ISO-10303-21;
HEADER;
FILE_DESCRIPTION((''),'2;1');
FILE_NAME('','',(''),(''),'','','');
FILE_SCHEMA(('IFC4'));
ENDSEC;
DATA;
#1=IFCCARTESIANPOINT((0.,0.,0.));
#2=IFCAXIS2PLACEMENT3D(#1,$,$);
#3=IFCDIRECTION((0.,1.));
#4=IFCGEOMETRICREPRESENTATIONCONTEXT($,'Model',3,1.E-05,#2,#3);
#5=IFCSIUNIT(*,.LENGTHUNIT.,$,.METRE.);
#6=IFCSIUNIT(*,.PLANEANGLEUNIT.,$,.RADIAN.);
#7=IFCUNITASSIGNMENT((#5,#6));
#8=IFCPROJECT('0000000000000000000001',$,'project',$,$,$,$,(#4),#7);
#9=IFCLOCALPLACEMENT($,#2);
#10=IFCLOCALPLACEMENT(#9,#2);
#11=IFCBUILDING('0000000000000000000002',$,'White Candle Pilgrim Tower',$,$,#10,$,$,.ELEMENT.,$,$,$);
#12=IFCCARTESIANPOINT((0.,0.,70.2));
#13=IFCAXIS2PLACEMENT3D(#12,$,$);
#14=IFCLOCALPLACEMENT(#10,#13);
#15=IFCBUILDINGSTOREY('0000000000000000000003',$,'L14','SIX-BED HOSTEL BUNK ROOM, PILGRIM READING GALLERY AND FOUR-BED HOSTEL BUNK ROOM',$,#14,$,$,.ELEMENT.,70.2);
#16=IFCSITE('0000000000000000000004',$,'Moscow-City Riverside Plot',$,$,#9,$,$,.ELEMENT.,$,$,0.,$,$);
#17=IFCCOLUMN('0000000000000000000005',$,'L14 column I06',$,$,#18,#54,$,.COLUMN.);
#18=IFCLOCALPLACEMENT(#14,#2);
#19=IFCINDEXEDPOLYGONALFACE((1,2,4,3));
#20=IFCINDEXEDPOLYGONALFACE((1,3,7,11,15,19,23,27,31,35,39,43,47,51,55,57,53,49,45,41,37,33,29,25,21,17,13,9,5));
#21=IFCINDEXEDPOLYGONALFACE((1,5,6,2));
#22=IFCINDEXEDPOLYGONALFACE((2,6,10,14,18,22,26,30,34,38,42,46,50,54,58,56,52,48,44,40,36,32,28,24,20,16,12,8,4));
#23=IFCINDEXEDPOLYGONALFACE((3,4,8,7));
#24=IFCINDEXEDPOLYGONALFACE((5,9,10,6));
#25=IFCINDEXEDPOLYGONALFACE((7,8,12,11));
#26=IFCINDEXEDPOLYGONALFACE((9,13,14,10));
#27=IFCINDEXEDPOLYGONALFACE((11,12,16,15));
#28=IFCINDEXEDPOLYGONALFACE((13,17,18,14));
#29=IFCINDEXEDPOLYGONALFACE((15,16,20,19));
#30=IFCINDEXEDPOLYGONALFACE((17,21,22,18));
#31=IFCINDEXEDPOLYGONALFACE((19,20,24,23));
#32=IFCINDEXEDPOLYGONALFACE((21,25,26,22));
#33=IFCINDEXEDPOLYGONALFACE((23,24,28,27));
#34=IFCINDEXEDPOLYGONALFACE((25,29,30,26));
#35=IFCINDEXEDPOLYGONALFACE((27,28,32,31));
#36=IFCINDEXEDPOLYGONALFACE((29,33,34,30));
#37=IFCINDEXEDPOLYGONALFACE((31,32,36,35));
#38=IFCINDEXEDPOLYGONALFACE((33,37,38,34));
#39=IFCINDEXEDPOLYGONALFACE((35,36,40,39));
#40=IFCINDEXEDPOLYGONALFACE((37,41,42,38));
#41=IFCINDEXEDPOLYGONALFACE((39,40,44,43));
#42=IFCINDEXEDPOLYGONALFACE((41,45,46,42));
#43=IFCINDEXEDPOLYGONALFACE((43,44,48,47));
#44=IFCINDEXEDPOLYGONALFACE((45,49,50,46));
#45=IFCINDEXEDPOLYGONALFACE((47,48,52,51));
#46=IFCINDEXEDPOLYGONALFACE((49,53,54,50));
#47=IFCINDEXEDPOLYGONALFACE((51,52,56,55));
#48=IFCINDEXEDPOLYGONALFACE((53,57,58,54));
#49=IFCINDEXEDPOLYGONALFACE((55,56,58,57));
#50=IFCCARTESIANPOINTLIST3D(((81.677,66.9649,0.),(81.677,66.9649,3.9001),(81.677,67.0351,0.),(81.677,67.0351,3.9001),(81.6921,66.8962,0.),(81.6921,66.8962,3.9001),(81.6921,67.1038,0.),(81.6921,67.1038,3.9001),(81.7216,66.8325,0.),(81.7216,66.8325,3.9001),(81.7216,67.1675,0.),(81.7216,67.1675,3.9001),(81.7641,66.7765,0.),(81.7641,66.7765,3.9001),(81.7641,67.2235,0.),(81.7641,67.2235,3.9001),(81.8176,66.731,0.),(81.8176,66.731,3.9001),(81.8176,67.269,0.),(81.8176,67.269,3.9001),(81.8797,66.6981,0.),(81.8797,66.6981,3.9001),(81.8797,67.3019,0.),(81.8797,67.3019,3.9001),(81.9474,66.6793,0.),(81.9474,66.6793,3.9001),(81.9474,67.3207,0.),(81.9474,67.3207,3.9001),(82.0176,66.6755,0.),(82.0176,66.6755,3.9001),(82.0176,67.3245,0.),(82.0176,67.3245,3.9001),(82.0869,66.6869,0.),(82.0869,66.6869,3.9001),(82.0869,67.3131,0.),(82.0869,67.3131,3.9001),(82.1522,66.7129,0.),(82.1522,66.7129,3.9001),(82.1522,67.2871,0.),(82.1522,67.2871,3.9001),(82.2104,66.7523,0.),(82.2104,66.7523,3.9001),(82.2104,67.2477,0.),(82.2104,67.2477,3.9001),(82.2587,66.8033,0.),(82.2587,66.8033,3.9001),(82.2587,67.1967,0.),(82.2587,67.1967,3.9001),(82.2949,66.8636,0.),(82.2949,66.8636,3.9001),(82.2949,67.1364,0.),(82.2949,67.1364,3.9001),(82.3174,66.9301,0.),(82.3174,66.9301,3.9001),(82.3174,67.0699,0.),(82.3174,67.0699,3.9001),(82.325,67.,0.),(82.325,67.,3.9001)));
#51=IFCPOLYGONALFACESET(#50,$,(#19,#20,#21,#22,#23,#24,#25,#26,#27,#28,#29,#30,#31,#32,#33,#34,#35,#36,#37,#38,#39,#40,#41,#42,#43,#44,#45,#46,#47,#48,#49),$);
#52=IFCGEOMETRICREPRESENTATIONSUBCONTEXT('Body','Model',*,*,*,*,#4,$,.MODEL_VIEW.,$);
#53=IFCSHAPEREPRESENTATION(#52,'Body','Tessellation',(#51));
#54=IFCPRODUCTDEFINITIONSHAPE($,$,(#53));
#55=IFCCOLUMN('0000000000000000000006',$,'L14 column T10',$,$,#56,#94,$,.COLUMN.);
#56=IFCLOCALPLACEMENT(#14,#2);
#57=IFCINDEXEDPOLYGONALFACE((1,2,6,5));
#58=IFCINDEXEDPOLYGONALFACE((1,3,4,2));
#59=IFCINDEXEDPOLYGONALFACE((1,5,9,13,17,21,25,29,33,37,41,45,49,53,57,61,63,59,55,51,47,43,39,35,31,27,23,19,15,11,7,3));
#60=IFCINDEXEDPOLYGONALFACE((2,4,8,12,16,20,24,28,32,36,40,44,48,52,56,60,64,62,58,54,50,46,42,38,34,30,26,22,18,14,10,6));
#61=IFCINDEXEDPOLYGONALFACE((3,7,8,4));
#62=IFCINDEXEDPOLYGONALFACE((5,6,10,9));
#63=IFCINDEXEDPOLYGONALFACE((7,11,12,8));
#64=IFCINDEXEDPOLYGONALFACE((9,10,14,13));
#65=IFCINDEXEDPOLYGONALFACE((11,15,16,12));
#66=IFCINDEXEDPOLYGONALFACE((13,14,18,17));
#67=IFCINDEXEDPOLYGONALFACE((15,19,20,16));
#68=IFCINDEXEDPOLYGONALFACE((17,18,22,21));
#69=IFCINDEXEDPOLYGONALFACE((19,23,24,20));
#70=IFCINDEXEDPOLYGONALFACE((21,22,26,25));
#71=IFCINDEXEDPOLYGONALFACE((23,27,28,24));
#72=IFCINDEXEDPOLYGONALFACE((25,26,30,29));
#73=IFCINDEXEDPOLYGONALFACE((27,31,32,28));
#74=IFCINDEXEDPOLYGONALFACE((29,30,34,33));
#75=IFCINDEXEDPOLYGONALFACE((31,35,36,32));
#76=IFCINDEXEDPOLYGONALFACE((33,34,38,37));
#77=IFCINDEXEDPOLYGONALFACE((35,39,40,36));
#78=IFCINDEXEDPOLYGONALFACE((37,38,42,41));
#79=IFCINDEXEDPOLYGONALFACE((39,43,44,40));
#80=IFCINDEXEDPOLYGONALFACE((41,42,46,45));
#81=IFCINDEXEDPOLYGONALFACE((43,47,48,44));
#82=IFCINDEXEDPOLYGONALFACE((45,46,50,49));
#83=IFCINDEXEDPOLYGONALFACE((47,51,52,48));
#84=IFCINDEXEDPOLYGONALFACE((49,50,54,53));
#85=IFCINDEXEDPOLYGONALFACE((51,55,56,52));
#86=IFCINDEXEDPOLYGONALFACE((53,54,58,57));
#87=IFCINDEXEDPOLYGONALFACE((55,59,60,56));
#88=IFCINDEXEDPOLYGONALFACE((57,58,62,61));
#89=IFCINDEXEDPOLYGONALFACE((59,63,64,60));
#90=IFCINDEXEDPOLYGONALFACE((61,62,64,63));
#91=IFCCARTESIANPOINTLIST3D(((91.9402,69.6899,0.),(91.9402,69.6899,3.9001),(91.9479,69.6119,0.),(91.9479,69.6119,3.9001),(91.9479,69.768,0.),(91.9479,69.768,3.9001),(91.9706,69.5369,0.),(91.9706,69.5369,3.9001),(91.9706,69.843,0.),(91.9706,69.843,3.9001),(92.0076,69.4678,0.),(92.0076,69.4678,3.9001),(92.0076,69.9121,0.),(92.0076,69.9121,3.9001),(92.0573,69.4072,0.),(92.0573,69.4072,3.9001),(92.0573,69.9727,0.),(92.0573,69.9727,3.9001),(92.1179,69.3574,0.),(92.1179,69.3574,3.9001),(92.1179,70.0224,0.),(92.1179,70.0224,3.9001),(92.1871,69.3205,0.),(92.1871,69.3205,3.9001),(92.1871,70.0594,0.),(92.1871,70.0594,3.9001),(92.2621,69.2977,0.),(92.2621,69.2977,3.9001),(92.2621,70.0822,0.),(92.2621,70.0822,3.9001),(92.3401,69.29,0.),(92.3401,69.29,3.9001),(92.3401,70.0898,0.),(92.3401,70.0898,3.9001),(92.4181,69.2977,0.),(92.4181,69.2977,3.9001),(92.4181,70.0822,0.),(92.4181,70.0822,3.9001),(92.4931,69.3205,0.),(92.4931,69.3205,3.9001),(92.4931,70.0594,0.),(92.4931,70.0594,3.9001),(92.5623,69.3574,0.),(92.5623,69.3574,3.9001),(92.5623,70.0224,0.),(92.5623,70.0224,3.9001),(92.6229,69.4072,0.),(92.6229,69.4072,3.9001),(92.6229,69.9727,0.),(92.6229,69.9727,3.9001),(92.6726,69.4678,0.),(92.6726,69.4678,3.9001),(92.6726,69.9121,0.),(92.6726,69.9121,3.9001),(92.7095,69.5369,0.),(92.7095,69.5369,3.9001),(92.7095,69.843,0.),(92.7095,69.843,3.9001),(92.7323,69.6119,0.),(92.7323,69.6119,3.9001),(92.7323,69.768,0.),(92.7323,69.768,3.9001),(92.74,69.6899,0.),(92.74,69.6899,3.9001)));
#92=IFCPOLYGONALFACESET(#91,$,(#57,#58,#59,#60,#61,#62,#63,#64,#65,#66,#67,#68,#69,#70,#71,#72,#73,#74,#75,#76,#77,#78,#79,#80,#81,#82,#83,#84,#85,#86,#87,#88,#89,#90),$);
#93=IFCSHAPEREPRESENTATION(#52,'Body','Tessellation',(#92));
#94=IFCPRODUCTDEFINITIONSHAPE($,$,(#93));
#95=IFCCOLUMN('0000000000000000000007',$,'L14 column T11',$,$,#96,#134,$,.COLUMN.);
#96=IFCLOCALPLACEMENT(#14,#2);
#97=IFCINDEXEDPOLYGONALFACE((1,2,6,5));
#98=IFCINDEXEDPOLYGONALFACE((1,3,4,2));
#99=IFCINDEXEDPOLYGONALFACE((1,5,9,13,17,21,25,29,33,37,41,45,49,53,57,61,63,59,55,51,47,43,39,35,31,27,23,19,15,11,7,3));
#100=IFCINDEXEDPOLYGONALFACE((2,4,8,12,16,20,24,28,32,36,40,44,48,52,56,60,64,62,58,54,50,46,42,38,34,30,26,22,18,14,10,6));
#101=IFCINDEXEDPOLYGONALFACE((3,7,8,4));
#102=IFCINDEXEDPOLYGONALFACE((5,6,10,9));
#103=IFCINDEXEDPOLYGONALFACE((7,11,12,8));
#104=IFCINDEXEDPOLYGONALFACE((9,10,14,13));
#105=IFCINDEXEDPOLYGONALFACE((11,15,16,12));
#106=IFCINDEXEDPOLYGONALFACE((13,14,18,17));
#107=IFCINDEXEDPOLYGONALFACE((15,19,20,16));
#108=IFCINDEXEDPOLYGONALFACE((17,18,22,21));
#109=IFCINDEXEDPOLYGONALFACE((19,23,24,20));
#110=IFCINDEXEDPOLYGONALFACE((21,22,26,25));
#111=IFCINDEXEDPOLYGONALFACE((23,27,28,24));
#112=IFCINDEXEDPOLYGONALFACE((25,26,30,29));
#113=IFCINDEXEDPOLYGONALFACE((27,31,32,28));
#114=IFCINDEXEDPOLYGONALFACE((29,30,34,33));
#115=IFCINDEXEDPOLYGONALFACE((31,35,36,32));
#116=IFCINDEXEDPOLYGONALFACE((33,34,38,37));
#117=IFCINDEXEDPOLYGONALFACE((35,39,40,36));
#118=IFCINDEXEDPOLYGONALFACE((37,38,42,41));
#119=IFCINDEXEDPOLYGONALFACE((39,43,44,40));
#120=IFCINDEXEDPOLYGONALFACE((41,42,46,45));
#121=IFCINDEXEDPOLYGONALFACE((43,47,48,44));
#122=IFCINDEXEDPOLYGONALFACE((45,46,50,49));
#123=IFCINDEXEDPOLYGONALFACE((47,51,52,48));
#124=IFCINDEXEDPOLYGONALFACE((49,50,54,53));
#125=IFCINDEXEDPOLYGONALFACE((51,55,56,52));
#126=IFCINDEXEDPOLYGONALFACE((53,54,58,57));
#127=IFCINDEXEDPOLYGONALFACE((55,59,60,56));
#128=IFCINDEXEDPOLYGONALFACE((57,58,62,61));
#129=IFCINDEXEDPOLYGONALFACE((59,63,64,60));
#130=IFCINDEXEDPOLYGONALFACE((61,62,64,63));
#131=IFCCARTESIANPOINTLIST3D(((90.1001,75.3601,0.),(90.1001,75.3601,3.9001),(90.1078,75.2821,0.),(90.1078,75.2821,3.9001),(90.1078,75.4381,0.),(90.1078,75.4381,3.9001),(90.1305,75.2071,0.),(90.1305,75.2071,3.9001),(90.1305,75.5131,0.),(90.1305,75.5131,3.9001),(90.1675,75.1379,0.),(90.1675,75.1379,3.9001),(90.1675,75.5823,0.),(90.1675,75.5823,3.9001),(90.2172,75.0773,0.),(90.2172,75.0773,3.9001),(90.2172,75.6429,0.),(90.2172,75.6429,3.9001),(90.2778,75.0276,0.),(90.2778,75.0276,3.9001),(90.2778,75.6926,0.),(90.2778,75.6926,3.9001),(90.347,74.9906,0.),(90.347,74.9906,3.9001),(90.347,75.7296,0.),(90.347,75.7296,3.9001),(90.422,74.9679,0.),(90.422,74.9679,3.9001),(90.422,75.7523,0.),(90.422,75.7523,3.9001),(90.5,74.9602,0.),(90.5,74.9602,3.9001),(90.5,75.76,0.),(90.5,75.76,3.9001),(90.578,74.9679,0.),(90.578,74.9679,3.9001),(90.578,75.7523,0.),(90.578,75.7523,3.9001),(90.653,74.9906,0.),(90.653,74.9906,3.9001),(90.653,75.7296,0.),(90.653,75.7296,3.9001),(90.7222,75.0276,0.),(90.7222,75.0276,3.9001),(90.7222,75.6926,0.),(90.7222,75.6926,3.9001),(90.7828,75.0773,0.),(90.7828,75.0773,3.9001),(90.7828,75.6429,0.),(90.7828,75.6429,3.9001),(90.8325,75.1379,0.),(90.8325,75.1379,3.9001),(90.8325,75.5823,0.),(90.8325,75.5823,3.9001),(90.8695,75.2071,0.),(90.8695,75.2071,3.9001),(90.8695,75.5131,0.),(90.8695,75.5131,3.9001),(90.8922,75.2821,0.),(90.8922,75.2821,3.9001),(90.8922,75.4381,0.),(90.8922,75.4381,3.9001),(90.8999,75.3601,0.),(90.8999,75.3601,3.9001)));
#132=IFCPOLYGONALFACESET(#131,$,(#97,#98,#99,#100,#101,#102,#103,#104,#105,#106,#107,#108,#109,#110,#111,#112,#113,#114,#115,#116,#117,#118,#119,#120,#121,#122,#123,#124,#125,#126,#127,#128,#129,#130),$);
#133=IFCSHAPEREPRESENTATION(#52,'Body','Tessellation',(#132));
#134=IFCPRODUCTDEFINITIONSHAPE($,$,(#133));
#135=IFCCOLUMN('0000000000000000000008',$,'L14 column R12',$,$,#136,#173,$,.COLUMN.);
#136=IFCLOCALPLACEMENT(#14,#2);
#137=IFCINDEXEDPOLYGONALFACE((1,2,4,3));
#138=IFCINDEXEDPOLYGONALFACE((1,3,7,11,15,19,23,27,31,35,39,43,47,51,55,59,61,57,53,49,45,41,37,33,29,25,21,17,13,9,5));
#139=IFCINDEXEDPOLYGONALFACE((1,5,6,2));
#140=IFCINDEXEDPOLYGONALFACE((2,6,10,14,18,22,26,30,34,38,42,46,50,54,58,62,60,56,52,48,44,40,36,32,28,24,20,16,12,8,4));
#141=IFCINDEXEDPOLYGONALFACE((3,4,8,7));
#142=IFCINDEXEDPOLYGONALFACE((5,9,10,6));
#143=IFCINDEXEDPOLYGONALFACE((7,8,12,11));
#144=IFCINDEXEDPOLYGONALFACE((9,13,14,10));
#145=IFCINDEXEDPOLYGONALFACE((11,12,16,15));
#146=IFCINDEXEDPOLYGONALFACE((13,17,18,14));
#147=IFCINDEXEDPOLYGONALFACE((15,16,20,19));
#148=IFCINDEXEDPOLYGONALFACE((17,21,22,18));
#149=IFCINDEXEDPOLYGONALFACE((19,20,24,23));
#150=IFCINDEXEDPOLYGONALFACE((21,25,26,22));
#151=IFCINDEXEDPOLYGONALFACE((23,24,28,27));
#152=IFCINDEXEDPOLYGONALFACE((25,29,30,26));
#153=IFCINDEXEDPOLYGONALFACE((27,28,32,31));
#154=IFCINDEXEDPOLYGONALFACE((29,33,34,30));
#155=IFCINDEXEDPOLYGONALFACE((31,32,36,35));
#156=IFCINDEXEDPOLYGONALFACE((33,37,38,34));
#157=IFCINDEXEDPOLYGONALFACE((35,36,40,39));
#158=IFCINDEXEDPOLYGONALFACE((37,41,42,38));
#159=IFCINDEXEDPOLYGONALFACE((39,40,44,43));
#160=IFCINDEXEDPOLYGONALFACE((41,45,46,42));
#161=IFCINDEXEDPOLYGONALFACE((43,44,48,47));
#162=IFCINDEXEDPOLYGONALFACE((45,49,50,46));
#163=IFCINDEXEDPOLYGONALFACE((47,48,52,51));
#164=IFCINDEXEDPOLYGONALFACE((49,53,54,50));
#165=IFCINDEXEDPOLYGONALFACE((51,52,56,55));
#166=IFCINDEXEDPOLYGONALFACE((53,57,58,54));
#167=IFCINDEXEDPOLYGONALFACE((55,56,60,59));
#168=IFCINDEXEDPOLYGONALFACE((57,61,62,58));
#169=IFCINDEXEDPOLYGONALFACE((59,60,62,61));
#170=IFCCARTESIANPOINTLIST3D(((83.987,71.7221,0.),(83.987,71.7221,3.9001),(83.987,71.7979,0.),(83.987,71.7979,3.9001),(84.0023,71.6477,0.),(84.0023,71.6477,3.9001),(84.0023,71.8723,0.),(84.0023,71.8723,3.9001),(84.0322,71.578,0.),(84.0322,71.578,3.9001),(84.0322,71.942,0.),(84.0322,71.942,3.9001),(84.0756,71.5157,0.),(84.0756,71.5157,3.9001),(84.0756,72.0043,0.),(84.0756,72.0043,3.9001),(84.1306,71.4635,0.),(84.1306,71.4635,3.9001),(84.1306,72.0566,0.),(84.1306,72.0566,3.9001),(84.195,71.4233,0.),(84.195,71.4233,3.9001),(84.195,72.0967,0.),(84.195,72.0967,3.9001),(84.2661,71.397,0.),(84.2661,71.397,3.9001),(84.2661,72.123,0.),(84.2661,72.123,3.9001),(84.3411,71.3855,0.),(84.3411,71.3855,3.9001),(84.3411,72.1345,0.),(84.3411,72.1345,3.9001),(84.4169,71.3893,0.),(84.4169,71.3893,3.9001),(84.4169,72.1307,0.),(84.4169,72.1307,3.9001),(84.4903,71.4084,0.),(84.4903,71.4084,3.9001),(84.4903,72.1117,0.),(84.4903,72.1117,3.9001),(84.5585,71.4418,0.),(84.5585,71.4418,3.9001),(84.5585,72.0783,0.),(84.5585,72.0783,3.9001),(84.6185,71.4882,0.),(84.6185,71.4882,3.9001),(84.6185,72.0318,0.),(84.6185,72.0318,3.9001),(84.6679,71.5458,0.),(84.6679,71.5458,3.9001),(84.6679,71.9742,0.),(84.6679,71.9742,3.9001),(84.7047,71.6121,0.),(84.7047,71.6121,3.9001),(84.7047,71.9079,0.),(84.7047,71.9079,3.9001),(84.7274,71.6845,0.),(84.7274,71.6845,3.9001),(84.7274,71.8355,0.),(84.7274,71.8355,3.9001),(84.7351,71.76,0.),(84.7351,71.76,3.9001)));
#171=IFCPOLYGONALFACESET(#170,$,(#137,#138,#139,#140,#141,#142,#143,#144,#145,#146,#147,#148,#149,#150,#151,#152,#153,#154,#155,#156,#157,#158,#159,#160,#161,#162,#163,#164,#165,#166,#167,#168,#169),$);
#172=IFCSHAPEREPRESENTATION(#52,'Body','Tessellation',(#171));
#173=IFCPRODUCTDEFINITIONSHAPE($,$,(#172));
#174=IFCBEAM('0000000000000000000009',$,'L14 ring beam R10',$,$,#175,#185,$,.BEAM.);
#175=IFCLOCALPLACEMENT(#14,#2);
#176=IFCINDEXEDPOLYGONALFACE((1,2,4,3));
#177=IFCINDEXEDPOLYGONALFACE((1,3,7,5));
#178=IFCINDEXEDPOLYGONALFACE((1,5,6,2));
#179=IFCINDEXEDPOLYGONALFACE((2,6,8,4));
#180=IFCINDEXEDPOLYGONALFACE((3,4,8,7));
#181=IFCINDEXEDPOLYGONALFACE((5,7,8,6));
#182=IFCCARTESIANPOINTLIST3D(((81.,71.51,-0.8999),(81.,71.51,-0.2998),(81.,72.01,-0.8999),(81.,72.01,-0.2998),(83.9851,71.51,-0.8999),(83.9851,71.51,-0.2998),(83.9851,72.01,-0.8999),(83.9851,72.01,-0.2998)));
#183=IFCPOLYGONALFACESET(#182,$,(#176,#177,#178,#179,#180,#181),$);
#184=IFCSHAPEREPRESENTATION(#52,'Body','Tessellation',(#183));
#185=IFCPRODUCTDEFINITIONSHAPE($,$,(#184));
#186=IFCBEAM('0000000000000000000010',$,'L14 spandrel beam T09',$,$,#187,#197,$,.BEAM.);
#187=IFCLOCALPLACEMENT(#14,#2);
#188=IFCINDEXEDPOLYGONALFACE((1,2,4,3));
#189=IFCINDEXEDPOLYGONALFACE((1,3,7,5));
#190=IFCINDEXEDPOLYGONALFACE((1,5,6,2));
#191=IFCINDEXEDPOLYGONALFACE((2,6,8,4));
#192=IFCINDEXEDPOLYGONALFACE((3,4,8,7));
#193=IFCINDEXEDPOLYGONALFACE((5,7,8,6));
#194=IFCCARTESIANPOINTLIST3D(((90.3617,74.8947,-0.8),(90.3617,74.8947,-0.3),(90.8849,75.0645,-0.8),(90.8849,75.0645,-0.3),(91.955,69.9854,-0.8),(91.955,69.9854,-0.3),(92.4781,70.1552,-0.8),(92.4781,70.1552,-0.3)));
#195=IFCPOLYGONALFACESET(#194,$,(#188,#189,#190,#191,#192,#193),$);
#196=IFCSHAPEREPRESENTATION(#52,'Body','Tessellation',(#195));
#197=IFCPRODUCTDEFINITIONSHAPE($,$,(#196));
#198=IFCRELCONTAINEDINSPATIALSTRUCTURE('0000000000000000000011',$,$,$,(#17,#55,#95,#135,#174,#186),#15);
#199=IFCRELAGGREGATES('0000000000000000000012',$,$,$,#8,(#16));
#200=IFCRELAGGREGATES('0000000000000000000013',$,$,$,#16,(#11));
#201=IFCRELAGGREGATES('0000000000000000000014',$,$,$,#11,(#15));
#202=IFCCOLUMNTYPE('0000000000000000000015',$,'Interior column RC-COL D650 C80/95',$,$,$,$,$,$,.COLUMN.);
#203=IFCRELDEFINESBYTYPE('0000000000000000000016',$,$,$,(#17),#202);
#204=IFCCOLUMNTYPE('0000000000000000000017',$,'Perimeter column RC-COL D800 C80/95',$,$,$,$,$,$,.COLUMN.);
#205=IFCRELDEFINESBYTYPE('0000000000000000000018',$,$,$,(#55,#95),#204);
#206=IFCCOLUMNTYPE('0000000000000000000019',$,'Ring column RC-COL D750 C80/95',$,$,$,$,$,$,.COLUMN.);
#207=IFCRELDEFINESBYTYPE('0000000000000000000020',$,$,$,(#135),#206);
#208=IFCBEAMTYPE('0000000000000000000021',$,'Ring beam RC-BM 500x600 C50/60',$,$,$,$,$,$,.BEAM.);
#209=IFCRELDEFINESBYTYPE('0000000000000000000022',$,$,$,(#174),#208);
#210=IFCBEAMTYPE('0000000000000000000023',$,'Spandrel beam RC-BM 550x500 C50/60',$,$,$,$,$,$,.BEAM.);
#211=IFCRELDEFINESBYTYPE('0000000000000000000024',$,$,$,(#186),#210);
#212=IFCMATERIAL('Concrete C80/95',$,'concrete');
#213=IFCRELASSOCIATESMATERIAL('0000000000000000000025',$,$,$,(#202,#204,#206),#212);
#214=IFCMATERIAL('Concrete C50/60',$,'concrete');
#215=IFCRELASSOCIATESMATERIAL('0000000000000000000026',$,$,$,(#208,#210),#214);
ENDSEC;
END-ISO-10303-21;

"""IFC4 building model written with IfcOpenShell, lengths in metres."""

from ifc_helpers import new_model, si_unit, direction, frame, origin, origin_2d, place, context, subcontext, project, spatial, rectangle, circle, extrude, material, material_profile, profile_set, type_object, element, save


model = new_model("IFC4")

# Units and contexts
model_context = context("Model", 3, precision=1e-05, world=origin(), true_north=direction((0.0, 1.0)))
body_context = subcontext(model_context, "Body", "Model", "MODEL_VIEW")
ifc_project = project(units=[si_unit("LENGTHUNIT", "METRE"), si_unit("PLANEANGLEUNIT", "RADIAN")], contexts=[model_context])

# Site, building, storey
site_placement = place(None, origin())
site = spatial("IfcSite", under=ifc_project, at=site_placement, Name="Moscow-City Riverside Plot", CompositionType="ELEMENT", RefElevation=0.0)
building_placement = place(site_placement, origin())
building = spatial("IfcBuilding", under=site, at=building_placement, Name="White Candle Pilgrim Tower", CompositionType="ELEMENT")
storey_placement = place(building_placement, frame((0.0, 0.0, 70.2)))
storey = spatial("IfcBuildingStorey", under=building, at=storey_placement, Name="L14", Description="SIX-BED HOSTEL BUNK ROOM, PILGRIM READING GALLERY AND FOUR-BED HOSTEL BUNK ROOM", CompositionType="ELEMENT", Elevation=70.2)

# Columns
ifc_material_1 = material(Name="Concrete C80/95", Category="concrete")
ifc_material_profile_1 = material_profile(ifc_material_1, circle(Radius=0.325, at=origin_2d()), Name="RC-COL D650")
ifc_profile_set_1 = profile_set([ifc_material_profile_1], Name="Concrete C80/95")
column_type_1 = type_object("IfcColumnType", Name="Interior column RC-COL D650 C80/95", PredefinedType="COLUMN", material=ifc_profile_set_1)
column_1_placement = place(storey_placement, frame((82.0, 67.0, 0.0), z_axis=(0.0, 0.0, 1.0), x_axis=(1.0, 0.0, 0.0)))
element("IfcColumn", 1, at=column_1_placement, inside=storey, type_object=column_type_1, Name="L14 column I06", PredefinedType="COLUMN", context=body_context, shape_type="SweptSolid", body=[
    extrude(circle(Radius=0.325, at=origin_2d()), origin(), (0.0, 0.0, 1.0), 3.9001),
])
ifc_material_profile_2 = material_profile(ifc_material_1, circle(Radius=0.3999, at=origin_2d()), Name="RC-COL D800")
ifc_profile_set_2 = profile_set([ifc_material_profile_2], Name="Concrete C80/95")
column_type_2 = type_object("IfcColumnType", Name="Perimeter column RC-COL D800 C80/95", PredefinedType="COLUMN", material=ifc_profile_set_2)
for number, where, z_axis, x_axis, name in (
    (2, (92.3401, 69.6899, 0.0), (0.0, 0.0, 1.0), (1.0, 0.0, 0.0), "L14 column T10"),
    (3, (90.5, 75.3601, 0.0), (0.0, 0.0, 1.0), (1.0, 0.0, 0.0), "L14 column T11"),
):
    element("IfcColumn", number, at=place(storey_placement, frame(where, z_axis=z_axis, x_axis=x_axis)), inside=storey, type_object=column_type_2, Name=name, PredefinedType="COLUMN", context=body_context, shape_type="SweptSolid", body=[
        extrude(circle(Radius=0.3999, at=origin_2d()), origin(), (0.0, 0.0, 1.0), 3.9001),
    ])
ifc_material_profile_3 = material_profile(ifc_material_1, circle(Radius=0.375, at=origin_2d()), Name="RC-COL D750")
ifc_profile_set_3 = profile_set([ifc_material_profile_3], Name="Concrete C80/95")
column_type_3 = type_object("IfcColumnType", Name="Ring column RC-COL D750 C80/95", PredefinedType="COLUMN", material=ifc_profile_set_3)
column_2_placement = place(storey_placement, frame((84.3601, 71.76, 0.0), z_axis=(0.0, 0.0, 1.0), x_axis=(1.0, 0.0, 0.0)))
element("IfcColumn", 4, at=column_2_placement, inside=storey, type_object=column_type_3, Name="L14 column R12", PredefinedType="COLUMN", context=body_context, shape_type="SweptSolid", body=[
    extrude(circle(Radius=0.375, at=origin_2d()), origin(), (0.0, 0.0, 1.0), 3.9001),
])

# Beams
ifc_material_2 = material(Name="Concrete C50/60", Category="concrete")
ifc_material_profile_4 = material_profile(ifc_material_2, rectangle(XDim=0.5, YDim=0.6001, at=origin_2d()), Name="RC-BM 500x600")
ifc_profile_set_4 = profile_set([ifc_material_profile_4], Name="Concrete C50/60")
beam_type_1 = type_object("IfcBeamType", Name="Ring beam RC-BM 500x600 C50/60", PredefinedType="BEAM", material=ifc_profile_set_4)
beam_1_placement = place(storey_placement, frame((83.9851, 71.76, -0.5999), z_axis=(-1.0, 0.0, 0.0), x_axis=(0.0, -1.0, 0.0)))
element("IfcBeam", 5, at=beam_1_placement, inside=storey, type_object=beam_type_1, Name="L14 ring beam R10", PredefinedType="BEAM", context=body_context, shape_type="SweptSolid", body=[
    extrude(rectangle(XDim=0.5, YDim=0.6001, at=origin_2d()), origin(), (0.0, 0.0, 1.0), 2.9851),
])
ifc_material_profile_5 = material_profile(ifc_material_2, rectangle(XDim=0.55, YDim=0.5, at=origin_2d()), Name="RC-BM 550x500")
ifc_profile_set_5 = profile_set([ifc_material_profile_5], Name="Concrete C50/60")
beam_type_2 = type_object("IfcBeamType", Name="Spandrel beam RC-BM 550x500 C50/60", PredefinedType="BEAM", material=ifc_profile_set_5)
beam_2_placement = place(storey_placement, frame((92.2166, 70.0703, -0.55), z_axis=(-0.308683, 0.951165, 0.0), x_axis=(-0.951165, -0.308683, 0.0)))
element("IfcBeam", 6, at=beam_2_placement, inside=storey, type_object=beam_type_2, Name="L14 spandrel beam T09", PredefinedType="BEAM", context=body_context, shape_type="SweptSolid", body=[
    extrude(rectangle(XDim=0.55, YDim=0.5, at=origin_2d()), origin(), (0.0, 0.0, 1.0), 5.1614),
])

save(model, "model.ifc")
